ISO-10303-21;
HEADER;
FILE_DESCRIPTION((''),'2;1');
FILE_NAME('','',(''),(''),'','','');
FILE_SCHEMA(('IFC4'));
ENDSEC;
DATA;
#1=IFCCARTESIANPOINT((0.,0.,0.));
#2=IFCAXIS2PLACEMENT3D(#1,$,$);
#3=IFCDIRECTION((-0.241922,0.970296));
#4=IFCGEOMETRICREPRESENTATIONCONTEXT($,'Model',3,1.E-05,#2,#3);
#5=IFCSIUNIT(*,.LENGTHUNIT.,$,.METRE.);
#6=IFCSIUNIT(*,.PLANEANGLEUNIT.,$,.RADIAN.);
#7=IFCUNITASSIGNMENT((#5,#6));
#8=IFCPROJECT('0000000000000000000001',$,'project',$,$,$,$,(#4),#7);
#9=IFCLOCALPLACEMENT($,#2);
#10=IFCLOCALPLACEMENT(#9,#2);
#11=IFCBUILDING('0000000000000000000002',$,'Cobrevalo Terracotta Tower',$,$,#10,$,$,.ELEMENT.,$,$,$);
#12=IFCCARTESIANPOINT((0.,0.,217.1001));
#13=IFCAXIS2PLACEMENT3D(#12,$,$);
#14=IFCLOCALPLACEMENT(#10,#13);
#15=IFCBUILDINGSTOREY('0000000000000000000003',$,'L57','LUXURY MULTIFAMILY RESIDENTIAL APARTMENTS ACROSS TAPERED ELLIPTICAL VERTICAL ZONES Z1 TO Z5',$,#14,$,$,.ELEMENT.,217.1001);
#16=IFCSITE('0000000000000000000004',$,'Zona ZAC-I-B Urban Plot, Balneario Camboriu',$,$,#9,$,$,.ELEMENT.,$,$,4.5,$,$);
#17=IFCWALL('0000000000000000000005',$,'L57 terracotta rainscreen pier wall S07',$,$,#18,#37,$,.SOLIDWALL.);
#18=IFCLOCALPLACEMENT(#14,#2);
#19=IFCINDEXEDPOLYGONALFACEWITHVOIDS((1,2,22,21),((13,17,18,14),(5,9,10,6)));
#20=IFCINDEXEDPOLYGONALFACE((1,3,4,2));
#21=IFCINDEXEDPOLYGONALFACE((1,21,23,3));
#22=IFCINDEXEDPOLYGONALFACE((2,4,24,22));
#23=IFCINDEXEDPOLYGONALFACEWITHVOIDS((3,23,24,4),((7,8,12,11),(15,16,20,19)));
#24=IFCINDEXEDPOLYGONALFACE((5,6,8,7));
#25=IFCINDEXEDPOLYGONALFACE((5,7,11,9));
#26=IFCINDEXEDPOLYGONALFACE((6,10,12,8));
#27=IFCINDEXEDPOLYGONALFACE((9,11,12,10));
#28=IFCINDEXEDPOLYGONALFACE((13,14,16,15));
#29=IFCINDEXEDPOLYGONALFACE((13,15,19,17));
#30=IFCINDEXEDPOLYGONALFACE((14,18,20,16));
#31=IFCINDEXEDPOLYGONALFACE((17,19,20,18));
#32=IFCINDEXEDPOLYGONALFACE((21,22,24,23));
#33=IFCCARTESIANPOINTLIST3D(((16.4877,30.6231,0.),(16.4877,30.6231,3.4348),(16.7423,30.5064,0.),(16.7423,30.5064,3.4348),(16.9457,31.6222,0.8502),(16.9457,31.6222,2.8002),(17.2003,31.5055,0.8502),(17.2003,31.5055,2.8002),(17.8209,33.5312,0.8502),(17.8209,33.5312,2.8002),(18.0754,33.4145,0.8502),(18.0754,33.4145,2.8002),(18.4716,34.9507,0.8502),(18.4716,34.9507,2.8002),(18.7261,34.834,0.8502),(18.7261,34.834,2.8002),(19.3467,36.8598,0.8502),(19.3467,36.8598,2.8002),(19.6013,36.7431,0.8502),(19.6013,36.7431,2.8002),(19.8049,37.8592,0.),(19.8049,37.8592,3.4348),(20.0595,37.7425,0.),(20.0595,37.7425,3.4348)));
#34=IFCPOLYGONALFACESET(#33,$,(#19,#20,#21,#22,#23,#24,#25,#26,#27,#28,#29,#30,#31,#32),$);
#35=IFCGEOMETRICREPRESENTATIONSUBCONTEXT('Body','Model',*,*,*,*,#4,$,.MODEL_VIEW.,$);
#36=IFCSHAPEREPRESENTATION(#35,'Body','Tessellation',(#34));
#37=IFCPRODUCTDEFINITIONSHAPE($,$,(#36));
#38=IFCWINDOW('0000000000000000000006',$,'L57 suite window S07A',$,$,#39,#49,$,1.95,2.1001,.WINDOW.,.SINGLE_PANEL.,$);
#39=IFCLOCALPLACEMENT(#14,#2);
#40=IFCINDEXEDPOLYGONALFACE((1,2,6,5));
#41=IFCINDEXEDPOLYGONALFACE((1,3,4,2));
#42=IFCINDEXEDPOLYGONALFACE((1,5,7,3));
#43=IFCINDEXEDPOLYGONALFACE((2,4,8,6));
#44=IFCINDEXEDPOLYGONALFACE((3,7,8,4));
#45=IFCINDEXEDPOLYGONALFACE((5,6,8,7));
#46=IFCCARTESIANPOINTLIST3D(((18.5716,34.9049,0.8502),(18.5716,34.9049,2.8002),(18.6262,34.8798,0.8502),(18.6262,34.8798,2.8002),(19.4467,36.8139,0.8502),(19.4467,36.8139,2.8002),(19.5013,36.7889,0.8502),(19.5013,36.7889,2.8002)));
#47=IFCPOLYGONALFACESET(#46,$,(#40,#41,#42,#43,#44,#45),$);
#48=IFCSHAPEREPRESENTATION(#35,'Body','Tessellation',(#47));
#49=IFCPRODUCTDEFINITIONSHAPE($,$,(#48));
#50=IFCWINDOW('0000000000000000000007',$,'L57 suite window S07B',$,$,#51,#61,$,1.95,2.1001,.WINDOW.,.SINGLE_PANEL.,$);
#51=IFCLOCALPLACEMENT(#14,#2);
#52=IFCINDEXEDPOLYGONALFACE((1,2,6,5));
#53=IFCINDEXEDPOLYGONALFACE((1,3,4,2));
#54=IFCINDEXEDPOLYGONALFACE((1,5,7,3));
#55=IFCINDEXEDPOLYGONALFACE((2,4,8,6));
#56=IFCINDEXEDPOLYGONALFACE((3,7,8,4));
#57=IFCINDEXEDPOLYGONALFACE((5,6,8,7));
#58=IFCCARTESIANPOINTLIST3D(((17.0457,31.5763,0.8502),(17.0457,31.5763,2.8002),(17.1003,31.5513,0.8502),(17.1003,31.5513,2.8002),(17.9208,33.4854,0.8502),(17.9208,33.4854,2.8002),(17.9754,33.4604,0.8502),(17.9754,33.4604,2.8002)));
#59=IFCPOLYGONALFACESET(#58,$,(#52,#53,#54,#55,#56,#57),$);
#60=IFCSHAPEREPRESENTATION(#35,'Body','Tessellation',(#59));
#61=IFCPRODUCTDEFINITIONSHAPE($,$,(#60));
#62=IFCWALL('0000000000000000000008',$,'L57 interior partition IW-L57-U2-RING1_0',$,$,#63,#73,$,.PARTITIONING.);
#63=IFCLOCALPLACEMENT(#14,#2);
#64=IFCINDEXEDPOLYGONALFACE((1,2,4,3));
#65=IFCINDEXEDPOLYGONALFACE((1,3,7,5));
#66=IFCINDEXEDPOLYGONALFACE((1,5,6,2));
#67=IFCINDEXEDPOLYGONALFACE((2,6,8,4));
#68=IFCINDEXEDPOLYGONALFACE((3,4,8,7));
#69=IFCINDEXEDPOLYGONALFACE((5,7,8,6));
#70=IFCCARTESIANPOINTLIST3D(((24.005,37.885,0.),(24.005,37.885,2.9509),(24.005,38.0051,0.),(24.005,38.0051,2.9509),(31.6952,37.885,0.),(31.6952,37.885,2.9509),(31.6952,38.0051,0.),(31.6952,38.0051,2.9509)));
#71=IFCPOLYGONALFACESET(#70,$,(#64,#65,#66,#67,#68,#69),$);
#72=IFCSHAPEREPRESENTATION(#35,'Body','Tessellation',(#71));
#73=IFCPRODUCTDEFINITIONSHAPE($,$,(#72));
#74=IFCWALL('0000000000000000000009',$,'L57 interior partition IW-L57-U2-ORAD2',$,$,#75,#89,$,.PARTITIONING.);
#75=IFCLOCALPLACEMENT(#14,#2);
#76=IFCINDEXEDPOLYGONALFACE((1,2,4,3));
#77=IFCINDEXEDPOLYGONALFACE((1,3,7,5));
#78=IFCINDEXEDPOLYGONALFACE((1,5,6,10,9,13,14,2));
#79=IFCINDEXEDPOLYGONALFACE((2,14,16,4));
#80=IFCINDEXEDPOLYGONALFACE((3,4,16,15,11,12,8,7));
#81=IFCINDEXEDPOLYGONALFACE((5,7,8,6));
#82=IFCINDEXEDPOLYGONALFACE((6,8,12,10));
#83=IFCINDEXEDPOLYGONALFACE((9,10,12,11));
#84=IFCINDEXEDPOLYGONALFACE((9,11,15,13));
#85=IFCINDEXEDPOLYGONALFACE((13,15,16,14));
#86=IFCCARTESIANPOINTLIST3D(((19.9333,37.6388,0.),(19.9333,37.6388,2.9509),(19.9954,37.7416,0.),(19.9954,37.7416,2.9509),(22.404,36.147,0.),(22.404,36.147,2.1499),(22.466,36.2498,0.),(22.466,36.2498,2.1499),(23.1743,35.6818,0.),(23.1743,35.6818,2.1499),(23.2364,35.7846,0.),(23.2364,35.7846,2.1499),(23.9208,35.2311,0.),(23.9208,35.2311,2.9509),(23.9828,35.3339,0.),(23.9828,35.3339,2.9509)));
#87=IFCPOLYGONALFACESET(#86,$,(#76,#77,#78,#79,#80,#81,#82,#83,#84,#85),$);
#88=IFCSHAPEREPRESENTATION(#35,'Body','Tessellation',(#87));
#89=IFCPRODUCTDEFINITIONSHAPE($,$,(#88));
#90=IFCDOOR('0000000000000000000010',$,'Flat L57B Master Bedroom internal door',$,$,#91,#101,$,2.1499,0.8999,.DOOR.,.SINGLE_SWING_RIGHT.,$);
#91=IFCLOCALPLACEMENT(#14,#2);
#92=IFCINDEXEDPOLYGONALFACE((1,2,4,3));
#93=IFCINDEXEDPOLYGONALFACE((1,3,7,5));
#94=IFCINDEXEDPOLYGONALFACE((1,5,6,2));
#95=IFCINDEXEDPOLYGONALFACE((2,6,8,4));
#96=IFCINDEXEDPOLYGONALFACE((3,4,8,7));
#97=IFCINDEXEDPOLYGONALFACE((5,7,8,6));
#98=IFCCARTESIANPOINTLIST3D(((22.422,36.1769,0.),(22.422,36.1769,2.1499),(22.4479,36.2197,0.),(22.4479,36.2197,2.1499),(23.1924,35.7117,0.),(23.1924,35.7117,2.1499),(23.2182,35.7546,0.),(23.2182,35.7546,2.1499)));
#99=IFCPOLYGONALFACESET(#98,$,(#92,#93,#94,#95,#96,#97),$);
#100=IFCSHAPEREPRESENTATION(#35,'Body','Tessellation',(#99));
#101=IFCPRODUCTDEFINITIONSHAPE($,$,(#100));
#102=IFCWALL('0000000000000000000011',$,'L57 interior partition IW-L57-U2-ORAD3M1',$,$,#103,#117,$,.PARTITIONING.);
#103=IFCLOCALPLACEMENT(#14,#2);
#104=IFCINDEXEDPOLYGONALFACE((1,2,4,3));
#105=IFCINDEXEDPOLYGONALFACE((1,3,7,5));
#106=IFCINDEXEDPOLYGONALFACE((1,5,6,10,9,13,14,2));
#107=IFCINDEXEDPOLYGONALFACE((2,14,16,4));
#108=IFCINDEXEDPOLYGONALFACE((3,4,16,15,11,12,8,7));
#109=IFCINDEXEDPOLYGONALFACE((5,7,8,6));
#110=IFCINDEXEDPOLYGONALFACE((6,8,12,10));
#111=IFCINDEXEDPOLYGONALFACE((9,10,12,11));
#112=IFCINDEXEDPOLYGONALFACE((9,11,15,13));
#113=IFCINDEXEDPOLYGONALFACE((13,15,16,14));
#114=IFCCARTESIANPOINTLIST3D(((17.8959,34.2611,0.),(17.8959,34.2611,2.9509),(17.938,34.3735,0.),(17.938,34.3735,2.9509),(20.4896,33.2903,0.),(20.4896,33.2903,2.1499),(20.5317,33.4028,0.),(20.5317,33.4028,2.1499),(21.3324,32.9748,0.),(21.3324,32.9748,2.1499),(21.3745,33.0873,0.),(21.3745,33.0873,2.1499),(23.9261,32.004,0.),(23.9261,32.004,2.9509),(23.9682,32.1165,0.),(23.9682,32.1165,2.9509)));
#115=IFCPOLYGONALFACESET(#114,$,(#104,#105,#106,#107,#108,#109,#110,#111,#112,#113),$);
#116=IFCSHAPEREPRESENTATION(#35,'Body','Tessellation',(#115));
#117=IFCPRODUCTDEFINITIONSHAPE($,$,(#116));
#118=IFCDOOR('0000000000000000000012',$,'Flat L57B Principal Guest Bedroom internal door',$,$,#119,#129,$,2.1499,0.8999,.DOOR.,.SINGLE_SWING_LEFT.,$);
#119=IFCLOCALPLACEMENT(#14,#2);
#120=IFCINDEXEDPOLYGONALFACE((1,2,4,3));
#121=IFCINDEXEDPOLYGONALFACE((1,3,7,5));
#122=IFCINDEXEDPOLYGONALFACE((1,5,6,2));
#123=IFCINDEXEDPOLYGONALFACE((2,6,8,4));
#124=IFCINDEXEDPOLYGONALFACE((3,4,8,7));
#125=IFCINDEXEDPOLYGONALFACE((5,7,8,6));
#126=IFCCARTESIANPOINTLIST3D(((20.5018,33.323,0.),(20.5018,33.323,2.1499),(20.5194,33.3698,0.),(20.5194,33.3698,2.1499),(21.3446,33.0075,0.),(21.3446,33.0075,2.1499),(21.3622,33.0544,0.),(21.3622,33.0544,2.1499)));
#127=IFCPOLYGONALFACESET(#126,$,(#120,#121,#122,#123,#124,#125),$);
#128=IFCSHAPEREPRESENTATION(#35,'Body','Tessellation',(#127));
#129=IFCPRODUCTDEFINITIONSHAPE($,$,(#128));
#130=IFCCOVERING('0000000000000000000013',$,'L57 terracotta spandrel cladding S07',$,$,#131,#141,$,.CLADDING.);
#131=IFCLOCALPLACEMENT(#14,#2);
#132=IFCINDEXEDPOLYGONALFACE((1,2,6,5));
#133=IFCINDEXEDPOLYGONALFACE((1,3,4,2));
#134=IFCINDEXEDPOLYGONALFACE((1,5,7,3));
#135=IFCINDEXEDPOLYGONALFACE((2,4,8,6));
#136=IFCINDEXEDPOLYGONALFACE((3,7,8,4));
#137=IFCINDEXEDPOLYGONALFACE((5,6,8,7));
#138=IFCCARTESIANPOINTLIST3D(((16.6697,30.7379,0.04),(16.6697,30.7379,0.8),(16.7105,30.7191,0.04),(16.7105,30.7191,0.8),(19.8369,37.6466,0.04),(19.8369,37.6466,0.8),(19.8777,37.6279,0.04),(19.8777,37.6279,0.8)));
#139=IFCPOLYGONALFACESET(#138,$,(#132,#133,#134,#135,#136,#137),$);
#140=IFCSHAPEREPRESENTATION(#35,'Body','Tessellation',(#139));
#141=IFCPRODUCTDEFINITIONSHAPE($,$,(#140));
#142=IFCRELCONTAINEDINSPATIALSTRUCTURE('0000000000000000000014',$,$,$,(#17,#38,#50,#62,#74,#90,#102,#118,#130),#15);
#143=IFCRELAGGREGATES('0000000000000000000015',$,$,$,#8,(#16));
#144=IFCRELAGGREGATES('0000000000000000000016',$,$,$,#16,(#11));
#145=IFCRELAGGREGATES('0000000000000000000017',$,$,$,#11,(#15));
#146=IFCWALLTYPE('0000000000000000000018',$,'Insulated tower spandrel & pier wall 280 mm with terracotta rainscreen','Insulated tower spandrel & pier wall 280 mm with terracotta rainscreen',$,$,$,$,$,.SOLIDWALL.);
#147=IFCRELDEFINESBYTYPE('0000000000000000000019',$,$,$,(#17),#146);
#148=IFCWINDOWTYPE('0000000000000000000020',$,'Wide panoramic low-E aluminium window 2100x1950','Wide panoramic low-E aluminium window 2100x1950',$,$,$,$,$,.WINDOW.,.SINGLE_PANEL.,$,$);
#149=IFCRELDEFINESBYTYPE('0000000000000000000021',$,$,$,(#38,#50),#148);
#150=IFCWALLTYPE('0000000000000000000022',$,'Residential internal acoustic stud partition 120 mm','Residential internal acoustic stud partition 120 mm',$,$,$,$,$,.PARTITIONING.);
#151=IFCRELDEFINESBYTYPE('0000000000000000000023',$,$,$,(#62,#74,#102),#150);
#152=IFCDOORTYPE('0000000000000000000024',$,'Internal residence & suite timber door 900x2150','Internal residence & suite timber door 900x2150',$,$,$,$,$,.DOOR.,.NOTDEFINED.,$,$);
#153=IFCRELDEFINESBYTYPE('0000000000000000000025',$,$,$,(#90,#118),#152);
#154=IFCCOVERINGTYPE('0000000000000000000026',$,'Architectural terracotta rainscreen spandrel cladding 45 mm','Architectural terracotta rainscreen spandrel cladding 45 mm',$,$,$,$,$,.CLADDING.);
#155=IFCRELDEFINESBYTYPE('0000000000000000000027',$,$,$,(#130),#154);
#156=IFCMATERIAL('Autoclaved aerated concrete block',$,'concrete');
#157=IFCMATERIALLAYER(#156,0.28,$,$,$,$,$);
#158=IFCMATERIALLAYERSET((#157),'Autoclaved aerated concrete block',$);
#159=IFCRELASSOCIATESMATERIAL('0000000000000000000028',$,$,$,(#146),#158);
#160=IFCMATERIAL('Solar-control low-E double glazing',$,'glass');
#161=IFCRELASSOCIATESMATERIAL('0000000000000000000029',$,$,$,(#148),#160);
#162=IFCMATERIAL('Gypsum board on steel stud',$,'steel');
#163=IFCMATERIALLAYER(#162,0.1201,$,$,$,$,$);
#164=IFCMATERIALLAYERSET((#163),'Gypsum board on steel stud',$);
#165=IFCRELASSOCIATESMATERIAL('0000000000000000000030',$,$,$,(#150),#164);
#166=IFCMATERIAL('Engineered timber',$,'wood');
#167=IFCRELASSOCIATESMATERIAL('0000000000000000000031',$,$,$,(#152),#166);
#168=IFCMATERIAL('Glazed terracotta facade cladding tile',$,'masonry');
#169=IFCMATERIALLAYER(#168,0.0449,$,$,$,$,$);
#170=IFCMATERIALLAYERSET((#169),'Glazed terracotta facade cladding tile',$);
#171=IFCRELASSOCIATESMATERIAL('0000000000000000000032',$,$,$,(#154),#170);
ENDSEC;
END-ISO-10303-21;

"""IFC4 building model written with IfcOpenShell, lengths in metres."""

from ifc_helpers import new_model, si_unit, direction, frame, frame_2d, origin, origin_2d, place, context, subcontext, project, spatial, rectangle, extrude, source, transform, mapped, material, layer, layer_set, type_object, element, fill, save


model = new_model("IFC4")

# Units and contexts
model_context = context("Model", 3, precision=1e-05, world=origin(), true_north=direction((-0.241922, 0.970296)))
body_context = subcontext(model_context, "Body", "Model", "MODEL_VIEW")
ifc_project = project(units=[si_unit("LENGTHUNIT", "METRE"), si_unit("PLANEANGLEUNIT", "RADIAN")], contexts=[model_context])

# Site, building, storey
site_placement = place(None, origin())
site = spatial("IfcSite", under=ifc_project, at=site_placement, Name="Zona ZAC-I-B Urban Plot, Balneario Camboriu", CompositionType="ELEMENT", RefElevation=4.5)
building_placement = place(site_placement, origin())
building = spatial("IfcBuilding", under=site, at=building_placement, Name="Cobrevalo Terracotta Tower", CompositionType="ELEMENT")
storey_placement = place(building_placement, frame((0.0, 0.0, 217.1001)))
storey = spatial("IfcBuildingStorey", under=building, at=storey_placement, Name="L57", Description="LUXURY MULTIFAMILY RESIDENTIAL APARTMENTS ACROSS TAPERED ELLIPTICAL VERTICAL ZONES Z1 TO Z5", CompositionType="ELEMENT", Elevation=217.1001)

# Shared definitions
ifc_material_1 = material(Name="Solar-control low-E double glazing", Category="glass")

# Wall, openings, windows
ifc_material_2 = material(Name="Autoclaved aerated concrete block", Category="concrete")
ifc_layer_1 = layer(ifc_material_2, 0.28)
ifc_layer_set_1 = layer_set([ifc_layer_1], Name="Autoclaved aerated concrete block")
wall_type_1 = type_object("IfcWallType", Name="Insulated tower spandrel & pier wall 280 mm with terracotta rainscreen", Description="Insulated tower spandrel & pier wall 280 mm with terracotta rainscreen", PredefinedType="SOLIDWALL", material=ifc_layer_set_1)
wall_1_placement = place(storey_placement, frame((19.9321, 37.8008, 0.0), z_axis=(0.0, 0.0, 1.0), x_axis=(-0.416717, -0.909036, 0.0)))
wall_1 = element("IfcWall", 1, at=wall_1_placement, inside=storey, type_object=wall_type_1, Name="L57 terracotta rainscreen pier wall S07", PredefinedType="SOLIDWALL", context=body_context, shape_type="SweptSolid", body=[
    extrude(rectangle(XDim=7.9602, YDim=0.28, at=frame_2d((3.98, 0.0))), origin(), (0.0, 0.0, 1.0), 3.4348),
])
opening_1_placement = place(wall_1_placement, frame((1.0994, 0.0, 0.8501)))
opening_1 = element("IfcOpeningElement", 2, at=opening_1_placement, cuts=wall_1, PredefinedType="OPENING", context=body_context, shape_type="SweptSolid", body=[
    extrude(rectangle(XDim=2.1001, YDim=1.95, at=frame_2d((1.05, 0.9751))), frame((0.0, 0.1499, 0.0), z_axis=(0.0, -1.0, 0.0), x_axis=(1.0, 0.0, 0.0)), (0.0, 0.0, 1.0), 0.3),
])
opening_2_placement = place(wall_1_placement, frame((4.761, 0.0, 0.8501)))
opening_2 = element("IfcOpeningElement", 3, at=opening_2_placement, cuts=wall_1, PredefinedType="OPENING", context=body_context, shape_type="SweptSolid", body=[
    extrude(rectangle(XDim=2.1001, YDim=1.95, at=frame_2d((1.05, 0.9751))), frame((0.0, 0.1499, 0.0), z_axis=(0.0, -1.0, 0.0), x_axis=(1.0, 0.0, 0.0)), (0.0, 0.0, 1.0), 0.3),
])
window_type = type_object("IfcWindowType", Name="Wide panoramic low-E aluminium window 2100x1950", Description="Wide panoramic low-E aluminium window 2100x1950", PartitioningType="SINGLE_PANEL", PredefinedType="WINDOW", material=ifc_material_1)
shared_shape_1 = source(origin(), body_context, "Body", "SweptSolid", [
    extrude(rectangle(XDim=2.1001, YDim=1.95, at=frame_2d((1.05, 0.9751))), frame((0.0, 0.03, 0.0), z_axis=(0.0, -1.0, 0.0), x_axis=(1.0, 0.0, 0.0)), (0.0, 0.0, 1.0), 0.0601),
])
window_1_placement = place(opening_1_placement, origin())
window_1 = element("IfcWindow", 4, at=window_1_placement, inside=storey, type_object=window_type, Name="L57 suite window S07A", OverallHeight=1.95, OverallWidth=2.1001, PartitioningType="SINGLE_PANEL", PredefinedType="WINDOW", context=body_context, shape_type="MappedRepresentation", body=[
    mapped(shared_shape_1, transform((0.0, 0.0, 0.0), scale=1.0)),
])
fill(opening_1, window_1)
window_2_placement = place(opening_2_placement, origin())
window_2 = element("IfcWindow", 5, at=window_2_placement, inside=storey, type_object=window_type, Name="L57 suite window S07B", OverallHeight=1.95, OverallWidth=2.1001, PartitioningType="SINGLE_PANEL", PredefinedType="WINDOW", context=body_context, shape_type="MappedRepresentation", body=[
    mapped(shared_shape_1, transform((0.0, 0.0, 0.0), scale=1.0)),
])
fill(opening_2, window_2)

# Wall
ifc_material_3 = material(Name="Gypsum board on steel stud", Category="steel")
ifc_layer_2 = layer(ifc_material_3, 0.1201)
ifc_layer_set_2 = layer_set([ifc_layer_2], Name="Gypsum board on steel stud")
wall_type_2 = type_object("IfcWallType", Name="Residential internal acoustic stud partition 120 mm", Description="Residential internal acoustic stud partition 120 mm", PredefinedType="PARTITIONING", material=ifc_layer_set_2)
wall_2_placement = place(storey_placement, frame((24.0049, 37.9451, 0.0), z_axis=(0.0, 0.0, 1.0), x_axis=(1.0, 0.0, 0.0)))
element("IfcWall", 6, at=wall_2_placement, inside=storey, type_object=wall_type_2, Name="L57 interior partition IW-L57-U2-RING1_0", PredefinedType="PARTITIONING", context=body_context, shape_type="SweptSolid", body=[
    extrude(rectangle(XDim=7.6902, YDim=0.1201, at=frame_2d((3.8452, 0.0))), origin(), (0.0, 0.0, 1.0), 2.9509),
])

# Walls, openings, doors
wall_3_placement = place(storey_placement, frame((23.9519, 35.2825, 0.0), z_axis=(0.0, 0.0, 1.0), x_axis=(-0.856051, 0.516891, 0.0)))
wall_3 = element("IfcWall", 7, at=wall_3_placement, inside=storey, type_object=wall_type_2, Name="L57 interior partition IW-L57-U2-ORAD2", PredefinedType="PARTITIONING", context=body_context, shape_type="SweptSolid", body=[
    extrude(rectangle(XDim=4.658, YDim=0.1201, at=frame_2d((2.3291, 0.0))), origin(), (0.0, 0.0, 1.0), 2.9509),
])
opening_3_placement = place(wall_3_placement, frame((0.8721, 0.0, 0.0)))
opening_3 = element("IfcOpeningElement", 8, at=opening_3_placement, cuts=wall_3, PredefinedType="OPENING", context=body_context, shape_type="SweptSolid", body=[
    extrude(rectangle(XDim=0.8999, YDim=2.1499, at=frame_2d((0.45, 1.075))), frame((0.0, 0.0701, 0.0), z_axis=(0.0, -1.0, 0.0), x_axis=(1.0, 0.0, 0.0)), (0.0, 0.0, 1.0), 0.1401),
])
ifc_material_4 = material(Name="Engineered timber", Category="wood")
door_type = type_object("IfcDoorType", Name="Internal residence & suite timber door 900x2150", Description="Internal residence & suite timber door 900x2150", OperationType="NOTDEFINED", PredefinedType="DOOR", material=ifc_material_4)
shared_shape_2 = source(origin(), body_context, "Body", "SweptSolid", [
    extrude(rectangle(XDim=0.8999, YDim=2.1499, at=frame_2d((0.45, 1.075))), frame((0.0, 0.0249, 0.0), z_axis=(0.0, -1.0, 0.0), x_axis=(1.0, 0.0, 0.0)), (0.0, 0.0, 1.0), 0.05),
])
door_1_placement = place(opening_3_placement, frame((0.8999, 0.0, 0.0), z_axis=(0.0, 0.0, 1.0), x_axis=(-1.0, 0.0, 0.0)))
door_1 = element("IfcDoor", 9, at=door_1_placement, inside=storey, type_object=door_type, Name="Flat L57B Master Bedroom internal door", OperationType="SINGLE_SWING_RIGHT", OverallHeight=2.1499, OverallWidth=0.8999, PredefinedType="DOOR", context=body_context, shape_type="MappedRepresentation", body=[
    mapped(shared_shape_2, transform((0.0, 0.0, 0.0), scale=1.0)),
])
fill(opening_3, door_1)
wall_4_placement = place(storey_placement, frame((23.947, 32.0603, 0.0), z_axis=(0.0, 0.0, 1.0), x_axis=(-0.936547, 0.350542, 0.0)))
wall_4 = element("IfcWall", 10, at=wall_4_placement, inside=storey, type_object=wall_type_2, Name="L57 interior partition IW-L57-U2-ORAD3M1", PredefinedType="PARTITIONING", context=body_context, shape_type="SweptSolid", body=[
    extrude(rectangle(XDim=6.4387, YDim=0.1201, at=frame_2d((3.2192, 0.0))), origin(), (0.0, 0.0, 1.0), 2.9509),
])
opening_4_placement = place(wall_4_placement, frame((2.7693, 0.0, 0.0)))
opening_4 = element("IfcOpeningElement", 11, at=opening_4_placement, cuts=wall_4, PredefinedType="OPENING", context=body_context, shape_type="SweptSolid", body=[
    extrude(rectangle(XDim=0.8999, YDim=2.1499, at=frame_2d((0.45, 1.075))), frame((0.0, 0.0701, 0.0), z_axis=(0.0, -1.0, 0.0), x_axis=(1.0, 0.0, 0.0)), (0.0, 0.0, 1.0), 0.1401),
])
door_2_placement = place(opening_4_placement, frame((0.8999, 0.0, 0.0), z_axis=(0.0, 0.0, 1.0), x_axis=(-1.0, 0.0, 0.0)))
door_2 = element("IfcDoor", 12, at=door_2_placement, inside=storey, type_object=door_type, Name="Flat L57B Principal Guest Bedroom internal door", OperationType="SINGLE_SWING_LEFT", OverallHeight=2.1499, OverallWidth=0.8999, PredefinedType="DOOR", context=body_context, shape_type="MappedRepresentation", body=[
    mapped(shared_shape_2, transform((0.0, 0.0, 0.0), scale=1.0)),
])
fill(opening_4, door_2)

# Covering
ifc_material_5 = material(Name="Glazed terracotta facade cladding tile", Category="masonry")
ifc_layer_3 = layer(ifc_material_5, 0.0449)
ifc_layer_set_3 = layer_set([ifc_layer_3], Name="Glazed terracotta facade cladding tile")
covering_type = type_object("IfcCoveringType", Name="Architectural terracotta rainscreen spandrel cladding 45 mm", Description="Architectural terracotta rainscreen spandrel cladding 45 mm", PredefinedType="CLADDING", material=ifc_layer_set_3)
shared_shape_3 = source(origin(), body_context, "Body", "SweptSolid", [
    extrude(rectangle(XDim=7.6001, YDim=0.0449, at=origin_2d()), origin(), (0.0, 0.0, 1.0), 0.76),
])
covering_placement = place(storey_placement, frame((18.2737, 34.1829, 0.04), z_axis=(0.0, 0.0, 1.0), x_axis=(-0.416731, -0.90903, 0.0)))
element("IfcCovering", 13, at=covering_placement, inside=storey, type_object=covering_type, Name="L57 terracotta spandrel cladding S07", PredefinedType="CLADDING", context=body_context, shape_type="MappedRepresentation", body=[
    mapped(shared_shape_3, transform((0.0, 0.0, 0.0), scale=1.0)),
])

save(model, "model.ifc")
